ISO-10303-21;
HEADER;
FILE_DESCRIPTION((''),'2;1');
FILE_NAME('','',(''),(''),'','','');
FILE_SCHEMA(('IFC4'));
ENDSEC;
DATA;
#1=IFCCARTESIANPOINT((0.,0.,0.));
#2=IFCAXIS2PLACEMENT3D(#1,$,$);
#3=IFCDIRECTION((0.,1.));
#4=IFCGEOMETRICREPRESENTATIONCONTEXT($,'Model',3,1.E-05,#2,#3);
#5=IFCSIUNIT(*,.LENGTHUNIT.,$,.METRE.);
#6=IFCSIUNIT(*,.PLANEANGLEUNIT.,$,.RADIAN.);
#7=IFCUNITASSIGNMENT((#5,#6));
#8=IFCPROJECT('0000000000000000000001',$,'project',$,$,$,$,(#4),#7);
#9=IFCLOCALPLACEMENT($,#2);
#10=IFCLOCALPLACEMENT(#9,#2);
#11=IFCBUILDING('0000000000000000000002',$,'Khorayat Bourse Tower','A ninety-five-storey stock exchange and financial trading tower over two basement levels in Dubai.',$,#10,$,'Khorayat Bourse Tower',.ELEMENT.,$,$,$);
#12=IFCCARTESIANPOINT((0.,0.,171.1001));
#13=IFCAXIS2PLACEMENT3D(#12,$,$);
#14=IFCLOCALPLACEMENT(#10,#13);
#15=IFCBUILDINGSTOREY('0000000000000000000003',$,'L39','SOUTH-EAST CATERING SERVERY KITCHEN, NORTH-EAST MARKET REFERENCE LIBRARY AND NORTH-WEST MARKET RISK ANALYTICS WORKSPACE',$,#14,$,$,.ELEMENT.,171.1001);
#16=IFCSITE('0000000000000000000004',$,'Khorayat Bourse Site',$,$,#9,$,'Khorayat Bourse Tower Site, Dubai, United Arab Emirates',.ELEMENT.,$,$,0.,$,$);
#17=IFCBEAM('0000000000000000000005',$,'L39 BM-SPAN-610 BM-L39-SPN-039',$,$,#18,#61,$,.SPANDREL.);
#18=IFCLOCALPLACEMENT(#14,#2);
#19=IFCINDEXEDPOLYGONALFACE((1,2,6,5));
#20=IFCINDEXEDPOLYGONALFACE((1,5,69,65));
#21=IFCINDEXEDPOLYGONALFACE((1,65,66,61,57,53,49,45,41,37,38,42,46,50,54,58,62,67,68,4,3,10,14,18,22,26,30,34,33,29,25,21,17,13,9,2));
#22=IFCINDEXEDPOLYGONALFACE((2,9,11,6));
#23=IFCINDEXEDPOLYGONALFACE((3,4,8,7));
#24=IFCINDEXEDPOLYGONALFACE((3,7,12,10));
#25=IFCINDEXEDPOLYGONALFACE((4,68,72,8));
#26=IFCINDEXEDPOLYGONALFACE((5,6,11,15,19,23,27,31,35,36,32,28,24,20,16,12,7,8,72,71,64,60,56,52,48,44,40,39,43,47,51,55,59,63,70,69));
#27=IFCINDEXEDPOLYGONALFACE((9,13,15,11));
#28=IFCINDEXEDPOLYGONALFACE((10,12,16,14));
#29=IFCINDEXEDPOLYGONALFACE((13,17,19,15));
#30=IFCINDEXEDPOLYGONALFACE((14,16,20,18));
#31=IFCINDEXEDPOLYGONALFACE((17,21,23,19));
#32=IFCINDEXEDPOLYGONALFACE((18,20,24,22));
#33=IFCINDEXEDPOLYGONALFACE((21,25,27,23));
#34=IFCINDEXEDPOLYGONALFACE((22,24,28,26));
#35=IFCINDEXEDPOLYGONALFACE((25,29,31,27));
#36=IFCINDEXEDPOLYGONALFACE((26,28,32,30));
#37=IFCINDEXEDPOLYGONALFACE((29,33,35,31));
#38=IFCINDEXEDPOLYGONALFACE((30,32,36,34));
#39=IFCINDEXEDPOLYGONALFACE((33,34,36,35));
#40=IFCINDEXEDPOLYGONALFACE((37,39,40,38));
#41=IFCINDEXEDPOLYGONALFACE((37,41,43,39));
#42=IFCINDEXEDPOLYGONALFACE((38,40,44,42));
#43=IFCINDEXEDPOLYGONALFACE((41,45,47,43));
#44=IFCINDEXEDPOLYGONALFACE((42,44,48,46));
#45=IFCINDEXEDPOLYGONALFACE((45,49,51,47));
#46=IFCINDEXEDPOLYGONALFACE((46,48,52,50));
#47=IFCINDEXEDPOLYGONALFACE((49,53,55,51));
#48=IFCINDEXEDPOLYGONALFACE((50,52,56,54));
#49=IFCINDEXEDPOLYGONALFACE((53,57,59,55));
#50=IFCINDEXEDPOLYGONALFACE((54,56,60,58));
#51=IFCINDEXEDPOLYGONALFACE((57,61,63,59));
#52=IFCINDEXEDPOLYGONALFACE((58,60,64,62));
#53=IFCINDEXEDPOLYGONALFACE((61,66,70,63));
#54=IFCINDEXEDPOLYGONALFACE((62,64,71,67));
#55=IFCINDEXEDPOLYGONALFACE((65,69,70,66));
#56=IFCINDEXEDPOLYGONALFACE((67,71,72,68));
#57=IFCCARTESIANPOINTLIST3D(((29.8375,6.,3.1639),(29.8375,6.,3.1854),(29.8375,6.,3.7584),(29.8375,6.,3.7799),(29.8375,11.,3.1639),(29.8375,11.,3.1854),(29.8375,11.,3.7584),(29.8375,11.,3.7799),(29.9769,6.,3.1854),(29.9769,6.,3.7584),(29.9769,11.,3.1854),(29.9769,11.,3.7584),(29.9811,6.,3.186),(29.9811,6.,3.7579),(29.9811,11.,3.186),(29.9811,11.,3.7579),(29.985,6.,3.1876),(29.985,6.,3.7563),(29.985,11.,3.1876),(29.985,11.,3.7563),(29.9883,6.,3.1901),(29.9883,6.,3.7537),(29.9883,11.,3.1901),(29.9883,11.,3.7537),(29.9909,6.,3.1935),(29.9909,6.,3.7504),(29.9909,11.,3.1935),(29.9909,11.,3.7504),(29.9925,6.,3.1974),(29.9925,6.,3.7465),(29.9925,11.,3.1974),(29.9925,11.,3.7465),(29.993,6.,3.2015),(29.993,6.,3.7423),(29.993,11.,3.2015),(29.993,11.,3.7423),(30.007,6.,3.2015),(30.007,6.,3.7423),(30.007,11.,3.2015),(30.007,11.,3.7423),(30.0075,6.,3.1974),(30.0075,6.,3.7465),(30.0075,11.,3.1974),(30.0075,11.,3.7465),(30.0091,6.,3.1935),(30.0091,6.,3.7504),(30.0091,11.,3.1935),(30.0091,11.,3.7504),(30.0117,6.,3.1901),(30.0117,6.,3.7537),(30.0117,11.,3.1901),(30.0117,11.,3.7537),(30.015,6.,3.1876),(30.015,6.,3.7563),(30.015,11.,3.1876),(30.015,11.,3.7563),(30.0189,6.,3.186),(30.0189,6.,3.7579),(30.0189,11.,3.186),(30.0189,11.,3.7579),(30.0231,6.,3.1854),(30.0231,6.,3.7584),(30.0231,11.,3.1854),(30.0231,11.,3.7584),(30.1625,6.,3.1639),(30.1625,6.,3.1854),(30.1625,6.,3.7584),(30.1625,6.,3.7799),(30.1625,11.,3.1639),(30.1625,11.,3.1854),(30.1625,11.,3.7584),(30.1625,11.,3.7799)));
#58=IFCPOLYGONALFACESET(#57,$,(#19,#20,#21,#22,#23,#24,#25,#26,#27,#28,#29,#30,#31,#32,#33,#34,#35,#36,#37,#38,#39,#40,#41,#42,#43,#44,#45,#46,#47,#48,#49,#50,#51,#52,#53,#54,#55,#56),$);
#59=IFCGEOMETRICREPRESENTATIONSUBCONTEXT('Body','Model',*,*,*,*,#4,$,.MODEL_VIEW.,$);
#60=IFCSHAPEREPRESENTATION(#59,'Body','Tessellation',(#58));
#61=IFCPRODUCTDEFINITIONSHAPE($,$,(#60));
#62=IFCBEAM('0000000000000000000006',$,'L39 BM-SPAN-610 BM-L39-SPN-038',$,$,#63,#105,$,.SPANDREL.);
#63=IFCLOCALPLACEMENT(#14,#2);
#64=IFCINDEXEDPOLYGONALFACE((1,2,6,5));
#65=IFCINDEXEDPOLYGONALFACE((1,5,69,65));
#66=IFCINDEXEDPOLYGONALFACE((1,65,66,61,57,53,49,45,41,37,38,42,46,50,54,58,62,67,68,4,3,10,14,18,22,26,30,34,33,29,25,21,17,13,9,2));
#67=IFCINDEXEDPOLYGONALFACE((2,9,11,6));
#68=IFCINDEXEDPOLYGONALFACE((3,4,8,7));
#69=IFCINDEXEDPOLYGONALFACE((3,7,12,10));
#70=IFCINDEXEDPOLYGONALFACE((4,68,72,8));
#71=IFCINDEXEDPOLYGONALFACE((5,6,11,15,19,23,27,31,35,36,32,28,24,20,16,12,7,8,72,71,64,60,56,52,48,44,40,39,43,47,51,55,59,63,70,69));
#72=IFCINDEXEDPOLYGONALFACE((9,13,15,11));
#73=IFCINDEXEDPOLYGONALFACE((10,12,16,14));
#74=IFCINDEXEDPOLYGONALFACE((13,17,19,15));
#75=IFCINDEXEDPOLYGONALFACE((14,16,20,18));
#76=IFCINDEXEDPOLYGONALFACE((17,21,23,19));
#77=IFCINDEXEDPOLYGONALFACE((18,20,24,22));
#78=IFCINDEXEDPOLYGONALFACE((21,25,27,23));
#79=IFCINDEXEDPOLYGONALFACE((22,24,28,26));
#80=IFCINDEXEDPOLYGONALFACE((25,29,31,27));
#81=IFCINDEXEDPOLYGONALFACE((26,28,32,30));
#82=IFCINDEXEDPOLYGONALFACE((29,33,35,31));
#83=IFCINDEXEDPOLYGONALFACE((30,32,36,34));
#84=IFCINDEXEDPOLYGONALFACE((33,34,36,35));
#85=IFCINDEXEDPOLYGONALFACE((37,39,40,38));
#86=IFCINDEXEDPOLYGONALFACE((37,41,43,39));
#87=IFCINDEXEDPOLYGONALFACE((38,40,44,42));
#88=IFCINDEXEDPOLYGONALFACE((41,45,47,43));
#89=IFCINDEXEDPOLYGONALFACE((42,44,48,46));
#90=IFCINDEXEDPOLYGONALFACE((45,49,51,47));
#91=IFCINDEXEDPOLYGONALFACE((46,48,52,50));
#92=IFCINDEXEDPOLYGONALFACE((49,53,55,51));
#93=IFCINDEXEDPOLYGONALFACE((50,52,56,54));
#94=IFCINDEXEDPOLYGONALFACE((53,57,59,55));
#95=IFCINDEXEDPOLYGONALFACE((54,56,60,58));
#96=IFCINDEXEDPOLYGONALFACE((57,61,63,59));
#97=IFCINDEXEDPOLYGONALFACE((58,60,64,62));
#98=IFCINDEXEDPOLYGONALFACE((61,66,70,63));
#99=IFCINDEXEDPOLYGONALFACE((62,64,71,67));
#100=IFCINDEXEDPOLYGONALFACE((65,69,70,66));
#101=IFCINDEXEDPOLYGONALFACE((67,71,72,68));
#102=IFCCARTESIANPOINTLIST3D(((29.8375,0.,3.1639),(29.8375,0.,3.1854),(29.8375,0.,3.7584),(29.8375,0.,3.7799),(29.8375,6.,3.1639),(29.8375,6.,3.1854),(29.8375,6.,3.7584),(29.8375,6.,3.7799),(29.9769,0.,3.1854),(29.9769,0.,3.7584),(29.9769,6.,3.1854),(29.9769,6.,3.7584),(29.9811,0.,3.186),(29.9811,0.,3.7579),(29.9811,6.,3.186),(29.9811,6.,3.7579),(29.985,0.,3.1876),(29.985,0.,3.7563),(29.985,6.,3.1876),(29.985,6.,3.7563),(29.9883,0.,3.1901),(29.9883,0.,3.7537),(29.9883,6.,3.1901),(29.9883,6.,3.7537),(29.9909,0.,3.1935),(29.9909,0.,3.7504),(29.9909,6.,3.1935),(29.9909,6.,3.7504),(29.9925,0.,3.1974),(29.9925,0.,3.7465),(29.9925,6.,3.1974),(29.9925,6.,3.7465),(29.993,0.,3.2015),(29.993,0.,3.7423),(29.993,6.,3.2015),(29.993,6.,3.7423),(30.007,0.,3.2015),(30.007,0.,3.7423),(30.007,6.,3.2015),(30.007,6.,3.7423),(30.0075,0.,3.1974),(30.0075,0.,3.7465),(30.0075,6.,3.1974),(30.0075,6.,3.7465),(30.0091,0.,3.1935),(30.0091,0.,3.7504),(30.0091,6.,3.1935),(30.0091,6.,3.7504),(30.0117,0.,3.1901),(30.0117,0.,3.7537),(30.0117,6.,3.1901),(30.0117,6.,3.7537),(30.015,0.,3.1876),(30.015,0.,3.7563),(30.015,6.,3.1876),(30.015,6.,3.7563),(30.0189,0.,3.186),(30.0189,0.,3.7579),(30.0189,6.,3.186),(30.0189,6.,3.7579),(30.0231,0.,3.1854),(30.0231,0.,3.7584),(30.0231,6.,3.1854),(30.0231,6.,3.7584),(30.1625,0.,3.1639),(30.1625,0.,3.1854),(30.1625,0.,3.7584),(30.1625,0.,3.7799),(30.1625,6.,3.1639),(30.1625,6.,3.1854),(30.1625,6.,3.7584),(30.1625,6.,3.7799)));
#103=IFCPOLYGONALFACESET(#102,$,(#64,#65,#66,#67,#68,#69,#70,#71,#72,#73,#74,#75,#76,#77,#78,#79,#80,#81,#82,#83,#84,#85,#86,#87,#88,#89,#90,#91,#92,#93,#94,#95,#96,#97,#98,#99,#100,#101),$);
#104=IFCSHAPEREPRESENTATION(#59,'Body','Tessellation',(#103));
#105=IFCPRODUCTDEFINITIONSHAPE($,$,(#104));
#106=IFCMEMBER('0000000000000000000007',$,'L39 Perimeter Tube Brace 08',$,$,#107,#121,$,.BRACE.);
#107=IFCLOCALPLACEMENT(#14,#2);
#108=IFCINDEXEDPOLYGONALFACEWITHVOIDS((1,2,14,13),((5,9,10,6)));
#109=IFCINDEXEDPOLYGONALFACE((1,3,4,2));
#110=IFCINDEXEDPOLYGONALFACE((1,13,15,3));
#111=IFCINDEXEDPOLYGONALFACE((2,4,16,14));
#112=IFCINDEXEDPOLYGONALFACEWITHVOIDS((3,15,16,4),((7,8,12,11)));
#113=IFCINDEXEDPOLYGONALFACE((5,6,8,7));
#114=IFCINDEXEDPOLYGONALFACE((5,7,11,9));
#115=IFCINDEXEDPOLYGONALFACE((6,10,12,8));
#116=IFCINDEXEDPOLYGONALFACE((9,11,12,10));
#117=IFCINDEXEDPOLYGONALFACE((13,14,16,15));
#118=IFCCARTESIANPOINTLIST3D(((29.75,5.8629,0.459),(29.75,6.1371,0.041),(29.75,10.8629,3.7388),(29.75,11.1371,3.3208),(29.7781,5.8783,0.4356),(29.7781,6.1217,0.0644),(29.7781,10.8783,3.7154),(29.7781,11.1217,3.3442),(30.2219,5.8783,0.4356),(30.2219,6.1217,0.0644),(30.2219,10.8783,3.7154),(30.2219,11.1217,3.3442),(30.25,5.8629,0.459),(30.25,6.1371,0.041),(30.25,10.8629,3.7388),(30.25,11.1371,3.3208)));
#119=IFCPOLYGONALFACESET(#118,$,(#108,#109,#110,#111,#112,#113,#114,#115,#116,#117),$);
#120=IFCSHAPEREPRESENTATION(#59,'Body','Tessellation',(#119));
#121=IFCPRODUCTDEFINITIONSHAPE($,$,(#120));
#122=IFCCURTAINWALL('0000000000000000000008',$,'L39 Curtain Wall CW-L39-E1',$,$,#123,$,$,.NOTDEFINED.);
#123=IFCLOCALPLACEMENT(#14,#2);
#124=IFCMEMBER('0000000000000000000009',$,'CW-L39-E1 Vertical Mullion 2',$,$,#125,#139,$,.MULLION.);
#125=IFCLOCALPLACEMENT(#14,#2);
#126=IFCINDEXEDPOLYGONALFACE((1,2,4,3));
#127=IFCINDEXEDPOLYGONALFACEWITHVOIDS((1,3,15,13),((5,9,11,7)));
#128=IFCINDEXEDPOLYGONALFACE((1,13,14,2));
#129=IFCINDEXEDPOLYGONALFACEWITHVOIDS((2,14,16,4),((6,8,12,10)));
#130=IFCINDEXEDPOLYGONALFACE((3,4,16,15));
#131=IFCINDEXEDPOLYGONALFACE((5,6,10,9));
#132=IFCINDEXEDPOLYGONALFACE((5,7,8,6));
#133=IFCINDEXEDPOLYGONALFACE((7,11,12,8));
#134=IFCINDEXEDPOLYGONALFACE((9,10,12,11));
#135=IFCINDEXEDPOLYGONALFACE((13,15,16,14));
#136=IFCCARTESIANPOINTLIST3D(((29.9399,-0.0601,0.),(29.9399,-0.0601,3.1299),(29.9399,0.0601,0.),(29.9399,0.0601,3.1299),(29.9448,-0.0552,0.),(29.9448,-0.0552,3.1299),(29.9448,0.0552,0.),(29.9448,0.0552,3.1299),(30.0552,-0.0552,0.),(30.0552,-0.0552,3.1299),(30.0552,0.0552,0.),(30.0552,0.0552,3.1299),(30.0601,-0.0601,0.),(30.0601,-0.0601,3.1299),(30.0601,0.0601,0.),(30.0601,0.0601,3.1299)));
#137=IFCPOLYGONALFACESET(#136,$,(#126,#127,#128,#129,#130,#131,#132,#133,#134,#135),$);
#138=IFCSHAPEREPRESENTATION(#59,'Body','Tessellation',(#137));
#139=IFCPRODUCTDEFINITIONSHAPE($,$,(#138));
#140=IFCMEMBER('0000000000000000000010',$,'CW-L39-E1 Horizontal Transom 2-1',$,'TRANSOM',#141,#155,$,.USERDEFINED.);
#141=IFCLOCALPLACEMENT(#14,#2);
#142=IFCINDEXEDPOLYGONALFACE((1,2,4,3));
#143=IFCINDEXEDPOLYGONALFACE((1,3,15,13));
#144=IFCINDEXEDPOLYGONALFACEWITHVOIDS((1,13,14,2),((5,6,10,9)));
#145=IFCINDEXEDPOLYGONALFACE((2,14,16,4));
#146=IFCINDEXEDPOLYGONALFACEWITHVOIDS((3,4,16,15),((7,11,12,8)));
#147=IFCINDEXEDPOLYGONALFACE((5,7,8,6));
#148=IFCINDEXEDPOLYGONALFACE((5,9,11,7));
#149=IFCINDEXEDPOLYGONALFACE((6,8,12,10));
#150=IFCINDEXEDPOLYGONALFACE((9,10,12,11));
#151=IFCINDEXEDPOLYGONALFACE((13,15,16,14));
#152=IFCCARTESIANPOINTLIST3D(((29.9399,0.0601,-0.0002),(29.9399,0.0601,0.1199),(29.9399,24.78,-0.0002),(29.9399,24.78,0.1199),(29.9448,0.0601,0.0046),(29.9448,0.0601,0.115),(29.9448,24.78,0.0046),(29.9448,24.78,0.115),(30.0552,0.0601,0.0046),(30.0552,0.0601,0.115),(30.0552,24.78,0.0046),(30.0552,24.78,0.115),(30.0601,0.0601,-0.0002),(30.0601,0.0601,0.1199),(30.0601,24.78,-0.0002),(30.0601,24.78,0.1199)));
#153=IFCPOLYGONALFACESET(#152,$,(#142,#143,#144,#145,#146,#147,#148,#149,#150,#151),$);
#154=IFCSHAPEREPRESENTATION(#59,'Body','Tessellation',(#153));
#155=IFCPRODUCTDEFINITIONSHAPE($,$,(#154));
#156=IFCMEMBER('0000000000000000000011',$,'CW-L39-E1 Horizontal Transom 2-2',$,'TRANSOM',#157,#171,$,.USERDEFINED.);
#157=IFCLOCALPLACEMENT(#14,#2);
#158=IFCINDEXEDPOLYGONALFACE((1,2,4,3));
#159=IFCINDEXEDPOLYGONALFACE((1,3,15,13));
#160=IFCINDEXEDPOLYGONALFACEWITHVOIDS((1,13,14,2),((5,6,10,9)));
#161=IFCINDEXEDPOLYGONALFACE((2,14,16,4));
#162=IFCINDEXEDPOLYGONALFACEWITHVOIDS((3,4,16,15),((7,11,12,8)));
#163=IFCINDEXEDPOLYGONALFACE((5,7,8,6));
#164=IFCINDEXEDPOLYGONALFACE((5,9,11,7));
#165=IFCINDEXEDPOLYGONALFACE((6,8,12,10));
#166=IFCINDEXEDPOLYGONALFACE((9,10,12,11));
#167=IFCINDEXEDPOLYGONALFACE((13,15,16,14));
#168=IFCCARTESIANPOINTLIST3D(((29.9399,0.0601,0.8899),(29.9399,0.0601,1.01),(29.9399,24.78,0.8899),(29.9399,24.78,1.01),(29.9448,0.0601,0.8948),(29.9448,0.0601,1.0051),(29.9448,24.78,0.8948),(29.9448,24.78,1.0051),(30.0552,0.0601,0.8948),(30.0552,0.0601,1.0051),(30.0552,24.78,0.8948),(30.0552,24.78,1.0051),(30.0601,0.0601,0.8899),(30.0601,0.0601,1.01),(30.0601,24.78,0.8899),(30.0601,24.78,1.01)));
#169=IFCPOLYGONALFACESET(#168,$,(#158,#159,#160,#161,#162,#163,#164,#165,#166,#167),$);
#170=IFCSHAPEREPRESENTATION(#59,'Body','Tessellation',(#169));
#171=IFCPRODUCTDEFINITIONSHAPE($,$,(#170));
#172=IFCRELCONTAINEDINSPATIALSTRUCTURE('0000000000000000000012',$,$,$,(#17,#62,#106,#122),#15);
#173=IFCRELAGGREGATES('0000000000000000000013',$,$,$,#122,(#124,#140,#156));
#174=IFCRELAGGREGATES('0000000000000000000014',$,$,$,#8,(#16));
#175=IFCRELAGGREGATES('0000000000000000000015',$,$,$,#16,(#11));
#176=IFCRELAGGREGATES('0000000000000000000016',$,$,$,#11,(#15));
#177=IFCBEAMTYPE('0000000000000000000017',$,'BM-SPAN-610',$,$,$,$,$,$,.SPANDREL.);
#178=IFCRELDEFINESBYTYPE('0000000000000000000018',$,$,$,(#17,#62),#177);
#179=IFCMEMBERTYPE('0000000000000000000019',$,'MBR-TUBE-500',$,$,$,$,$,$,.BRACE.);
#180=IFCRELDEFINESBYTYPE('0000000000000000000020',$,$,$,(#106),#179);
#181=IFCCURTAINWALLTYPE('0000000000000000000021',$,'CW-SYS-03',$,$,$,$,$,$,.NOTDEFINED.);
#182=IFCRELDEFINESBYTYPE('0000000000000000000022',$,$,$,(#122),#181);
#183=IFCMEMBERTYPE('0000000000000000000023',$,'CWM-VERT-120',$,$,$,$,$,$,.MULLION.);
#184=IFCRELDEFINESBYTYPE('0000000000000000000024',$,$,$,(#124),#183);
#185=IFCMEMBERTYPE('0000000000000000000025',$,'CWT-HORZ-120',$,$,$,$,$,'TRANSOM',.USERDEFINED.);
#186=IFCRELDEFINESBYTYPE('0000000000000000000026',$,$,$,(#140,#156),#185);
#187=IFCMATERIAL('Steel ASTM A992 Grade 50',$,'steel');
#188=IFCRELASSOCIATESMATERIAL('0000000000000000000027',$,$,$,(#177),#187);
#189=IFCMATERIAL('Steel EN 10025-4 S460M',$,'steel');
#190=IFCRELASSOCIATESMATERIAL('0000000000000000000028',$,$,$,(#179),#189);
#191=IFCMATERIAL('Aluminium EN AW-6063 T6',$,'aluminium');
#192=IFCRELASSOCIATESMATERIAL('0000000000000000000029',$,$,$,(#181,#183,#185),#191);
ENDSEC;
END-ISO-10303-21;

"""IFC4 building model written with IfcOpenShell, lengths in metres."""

from ifc_helpers import new_model, si_unit, direction, frame, origin, origin_2d, place, context, subcontext, project, spatial, hollow_rectangle, i_section, extrude, source, transform, mapped, material, material_profile, profile_set, type_object, element, aggregate, save


model = new_model("IFC4")

# Units and contexts
model_context = context("Model", 3, precision=1e-05, world=origin(), true_north=direction((0.0, 1.0)))
body_context = subcontext(model_context, "Body", "Model", "MODEL_VIEW")
ifc_project = project(units=[si_unit("LENGTHUNIT", "METRE"), si_unit("PLANEANGLEUNIT", "RADIAN")], contexts=[model_context])

# Site, building, storey
site_placement = place(None, origin())
site = spatial("IfcSite", under=ifc_project, at=site_placement, Name="Khorayat Bourse Site", LongName="Khorayat Bourse Tower Site, Dubai, United Arab Emirates", CompositionType="ELEMENT", RefElevation=0.0)
building_placement = place(site_placement, origin())
building = spatial("IfcBuilding", under=site, at=building_placement, Name="Khorayat Bourse Tower", Description="A ninety-five-storey stock exchange and financial trading tower over two basement levels in Dubai.", LongName="Khorayat Bourse Tower", CompositionType="ELEMENT")
storey_placement = place(building_placement, frame((0.0, 0.0, 171.1001)))
storey = spatial("IfcBuildingStorey", under=building, at=storey_placement, Name="L39", Description="SOUTH-EAST CATERING SERVERY KITCHEN, NORTH-EAST MARKET REFERENCE LIBRARY AND NORTH-WEST MARKET RISK ANALYTICS WORKSPACE", CompositionType="ELEMENT", Elevation=171.1001)

# Shared definitions
ifc_material_1 = material(Name="Steel EN 10025-4 S460M", Category="steel")

# Beams
ifc_material_2 = material(Name="Steel ASTM A992 Grade 50", Category="steel")
ifc_material_profile_1 = material_profile(ifc_material_2, i_section(OverallWidth=0.325, OverallDepth=0.616, WebThickness=0.0139, FlangeThickness=0.0215, FilletRadius=0.0161, at=origin_2d()), Name="W610X174")
ifc_profile_set_1 = profile_set([ifc_material_profile_1], Name="Steel ASTM A992 Grade 50")
beam_type_1 = type_object("IfcBeamType", Name="BM-SPAN-610", PredefinedType="SPANDREL", material=ifc_profile_set_1)
shared_shape_1 = source(origin(), body_context, "Body", "SweptSolid", [
    extrude(i_section(OverallWidth=0.325, OverallDepth=0.616, WebThickness=0.0139, FlangeThickness=0.0215, FilletRadius=0.0161, at=origin_2d()), origin(), (0.0, 0.0, 1.0), 5.0),
])
beam_1_placement = place(storey_placement, frame((30.0, 6.0, 3.4719), z_axis=(0.0, 1.0, 0.0), x_axis=(-1.0, 0.0, 0.0)))
element("IfcBeam", 1, at=beam_1_placement, inside=storey, type_object=beam_type_1, Name="L39 BM-SPAN-610 BM-L39-SPN-039", PredefinedType="SPANDREL", context=body_context, shape_type="MappedRepresentation", body=[
    mapped(shared_shape_1, transform((0.0, 0.0, 0.0), scale=1.0)),
])
shared_shape_2 = source(origin(), body_context, "Body", "SweptSolid", [
    extrude(i_section(OverallWidth=0.325, OverallDepth=0.616, WebThickness=0.0139, FlangeThickness=0.0215, FilletRadius=0.0161, at=origin_2d()), origin(), (0.0, 0.0, 1.0), 6.0),
])
beam_2_placement = place(storey_placement, frame((30.0, 0.0, 3.4719), z_axis=(0.0, 1.0, 0.0), x_axis=(-1.0, 0.0, 0.0)))
element("IfcBeam", 2, at=beam_2_placement, inside=storey, type_object=beam_type_1, Name="L39 BM-SPAN-610 BM-L39-SPN-038", PredefinedType="SPANDREL", context=body_context, shape_type="MappedRepresentation", body=[
    mapped(shared_shape_2, transform((0.0, 0.0, 0.0), scale=1.0)),
])

# Member
ifc_material_profile_2 = material_profile(ifc_material_1, hollow_rectangle(XDim=0.5, YDim=0.5, WallThickness=0.0281, at=origin_2d()), Name="HSS 500x500x28")
ifc_profile_set_2 = profile_set([ifc_material_profile_2], Name="Steel EN 10025-4 S460M")
member_type_1 = type_object("IfcMemberType", Name="MBR-TUBE-500", PredefinedType="BRACE", material=ifc_profile_set_2)
shared_shape_3 = source(origin(), body_context, "Body", "SweptSolid", [
    extrude(hollow_rectangle(XDim=0.5, YDim=0.5, WallThickness=0.0281, at=origin_2d()), origin(), (0.0, 0.0, 1.0), 5.9797),
])
member_1_placement = place(storey_placement, frame((30.0, 6.0, 0.25), z_axis=(0.0, 0.83616, 0.548485), x_axis=(-1.0, 0.0, 0.0)))
element("IfcMember", 3, at=member_1_placement, inside=storey, type_object=member_type_1, Name="L39 Perimeter Tube Brace 08", PredefinedType="BRACE", context=body_context, shape_type="MappedRepresentation", body=[
    mapped(shared_shape_3, transform((0.0, 0.0, 0.0), scale=1.0)),
])

# Curtain wall, members
ifc_material_3 = material(Name="Aluminium EN AW-6063 T6", Category="aluminium")
curtain_wall_type = type_object("IfcCurtainWallType", Name="CW-SYS-03", PredefinedType="NOTDEFINED", material=ifc_material_3)
curtain_wall_placement = place(storey_placement, origin())
curtain_wall = element("IfcCurtainWall", 4, at=curtain_wall_placement, inside=storey, type_object=curtain_wall_type, Name="L39 Curtain Wall CW-L39-E1", PredefinedType="NOTDEFINED")
ifc_material_profile_3 = material_profile(ifc_material_3, hollow_rectangle(XDim=0.1201, YDim=0.1201, WallThickness=0.0049, at=origin_2d()), Name="ALU 120x120x5")
ifc_profile_set_3 = profile_set([ifc_material_profile_3], Name="Aluminium EN AW-6063 T6")
member_type_2 = type_object("IfcMemberType", Name="CWM-VERT-120", PredefinedType="MULLION", material=ifc_profile_set_3)
shared_shape_4 = source(origin(), body_context, "Body", "SweptSolid", [
    extrude(hollow_rectangle(XDim=0.1201, YDim=0.1201, WallThickness=0.0049, at=origin_2d()), origin(), (0.0, 0.0, 1.0), 3.1299),
])
member_2_placement = place(storey_placement, frame((30.0, 0.0, 0.0), z_axis=(0.0, 0.0, 1.0), x_axis=(-1.0, 0.0, 0.0)))
member_2 = element("IfcMember", 5, at=member_2_placement, type_object=member_type_2, Name="CW-L39-E1 Vertical Mullion 2", PredefinedType="MULLION", context=body_context, shape_type="MappedRepresentation", body=[
    mapped(shared_shape_4, transform((0.0, 0.0, 0.0), scale=1.0)),
])
ifc_material_profile_4 = material_profile(ifc_material_3, hollow_rectangle(XDim=0.1201, YDim=0.1201, WallThickness=0.0049, at=origin_2d()), Name="ALU 120x120x5")
ifc_profile_set_4 = profile_set([ifc_material_profile_4], Name="Aluminium EN AW-6063 T6")
member_type_3 = type_object("IfcMemberType", Name="CWT-HORZ-120", ElementType="TRANSOM", PredefinedType="USERDEFINED", material=ifc_profile_set_4)
shared_shape_5 = source(origin(), body_context, "Body", "SweptSolid", [
    extrude(hollow_rectangle(XDim=0.1201, YDim=0.1201, WallThickness=0.0049, at=origin_2d()), origin(), (0.0, 0.0, 1.0), 24.72),
])
member_3_placement = place(storey_placement, frame((30.0, 0.0601, 0.0598), z_axis=(0.0, 1.0, 0.0), x_axis=(-1.0, 0.0, 0.0)))
member_3 = element("IfcMember", 6, at=member_3_placement, type_object=member_type_3, Name="CW-L39-E1 Horizontal Transom 2-1", ObjectType="TRANSOM", PredefinedType="USERDEFINED", context=body_context, shape_type="MappedRepresentation", body=[
    mapped(shared_shape_5, transform((0.0, 0.0, 0.0), scale=1.0)),
])
member_4_placement = place(storey_placement, frame((30.0, 0.0601, 0.95), z_axis=(0.0, 1.0, 0.0), x_axis=(-1.0, 0.0, 0.0)))
member_4 = element("IfcMember", 7, at=member_4_placement, type_object=member_type_3, Name="CW-L39-E1 Horizontal Transom 2-2", ObjectType="TRANSOM", PredefinedType="USERDEFINED", context=body_context, shape_type="MappedRepresentation", body=[
    mapped(shared_shape_5, transform((0.0, 0.0, 0.0), scale=1.0)),
])

aggregate(curtain_wall, [member_2, member_3, member_4])

save(model, "model.ifc")
